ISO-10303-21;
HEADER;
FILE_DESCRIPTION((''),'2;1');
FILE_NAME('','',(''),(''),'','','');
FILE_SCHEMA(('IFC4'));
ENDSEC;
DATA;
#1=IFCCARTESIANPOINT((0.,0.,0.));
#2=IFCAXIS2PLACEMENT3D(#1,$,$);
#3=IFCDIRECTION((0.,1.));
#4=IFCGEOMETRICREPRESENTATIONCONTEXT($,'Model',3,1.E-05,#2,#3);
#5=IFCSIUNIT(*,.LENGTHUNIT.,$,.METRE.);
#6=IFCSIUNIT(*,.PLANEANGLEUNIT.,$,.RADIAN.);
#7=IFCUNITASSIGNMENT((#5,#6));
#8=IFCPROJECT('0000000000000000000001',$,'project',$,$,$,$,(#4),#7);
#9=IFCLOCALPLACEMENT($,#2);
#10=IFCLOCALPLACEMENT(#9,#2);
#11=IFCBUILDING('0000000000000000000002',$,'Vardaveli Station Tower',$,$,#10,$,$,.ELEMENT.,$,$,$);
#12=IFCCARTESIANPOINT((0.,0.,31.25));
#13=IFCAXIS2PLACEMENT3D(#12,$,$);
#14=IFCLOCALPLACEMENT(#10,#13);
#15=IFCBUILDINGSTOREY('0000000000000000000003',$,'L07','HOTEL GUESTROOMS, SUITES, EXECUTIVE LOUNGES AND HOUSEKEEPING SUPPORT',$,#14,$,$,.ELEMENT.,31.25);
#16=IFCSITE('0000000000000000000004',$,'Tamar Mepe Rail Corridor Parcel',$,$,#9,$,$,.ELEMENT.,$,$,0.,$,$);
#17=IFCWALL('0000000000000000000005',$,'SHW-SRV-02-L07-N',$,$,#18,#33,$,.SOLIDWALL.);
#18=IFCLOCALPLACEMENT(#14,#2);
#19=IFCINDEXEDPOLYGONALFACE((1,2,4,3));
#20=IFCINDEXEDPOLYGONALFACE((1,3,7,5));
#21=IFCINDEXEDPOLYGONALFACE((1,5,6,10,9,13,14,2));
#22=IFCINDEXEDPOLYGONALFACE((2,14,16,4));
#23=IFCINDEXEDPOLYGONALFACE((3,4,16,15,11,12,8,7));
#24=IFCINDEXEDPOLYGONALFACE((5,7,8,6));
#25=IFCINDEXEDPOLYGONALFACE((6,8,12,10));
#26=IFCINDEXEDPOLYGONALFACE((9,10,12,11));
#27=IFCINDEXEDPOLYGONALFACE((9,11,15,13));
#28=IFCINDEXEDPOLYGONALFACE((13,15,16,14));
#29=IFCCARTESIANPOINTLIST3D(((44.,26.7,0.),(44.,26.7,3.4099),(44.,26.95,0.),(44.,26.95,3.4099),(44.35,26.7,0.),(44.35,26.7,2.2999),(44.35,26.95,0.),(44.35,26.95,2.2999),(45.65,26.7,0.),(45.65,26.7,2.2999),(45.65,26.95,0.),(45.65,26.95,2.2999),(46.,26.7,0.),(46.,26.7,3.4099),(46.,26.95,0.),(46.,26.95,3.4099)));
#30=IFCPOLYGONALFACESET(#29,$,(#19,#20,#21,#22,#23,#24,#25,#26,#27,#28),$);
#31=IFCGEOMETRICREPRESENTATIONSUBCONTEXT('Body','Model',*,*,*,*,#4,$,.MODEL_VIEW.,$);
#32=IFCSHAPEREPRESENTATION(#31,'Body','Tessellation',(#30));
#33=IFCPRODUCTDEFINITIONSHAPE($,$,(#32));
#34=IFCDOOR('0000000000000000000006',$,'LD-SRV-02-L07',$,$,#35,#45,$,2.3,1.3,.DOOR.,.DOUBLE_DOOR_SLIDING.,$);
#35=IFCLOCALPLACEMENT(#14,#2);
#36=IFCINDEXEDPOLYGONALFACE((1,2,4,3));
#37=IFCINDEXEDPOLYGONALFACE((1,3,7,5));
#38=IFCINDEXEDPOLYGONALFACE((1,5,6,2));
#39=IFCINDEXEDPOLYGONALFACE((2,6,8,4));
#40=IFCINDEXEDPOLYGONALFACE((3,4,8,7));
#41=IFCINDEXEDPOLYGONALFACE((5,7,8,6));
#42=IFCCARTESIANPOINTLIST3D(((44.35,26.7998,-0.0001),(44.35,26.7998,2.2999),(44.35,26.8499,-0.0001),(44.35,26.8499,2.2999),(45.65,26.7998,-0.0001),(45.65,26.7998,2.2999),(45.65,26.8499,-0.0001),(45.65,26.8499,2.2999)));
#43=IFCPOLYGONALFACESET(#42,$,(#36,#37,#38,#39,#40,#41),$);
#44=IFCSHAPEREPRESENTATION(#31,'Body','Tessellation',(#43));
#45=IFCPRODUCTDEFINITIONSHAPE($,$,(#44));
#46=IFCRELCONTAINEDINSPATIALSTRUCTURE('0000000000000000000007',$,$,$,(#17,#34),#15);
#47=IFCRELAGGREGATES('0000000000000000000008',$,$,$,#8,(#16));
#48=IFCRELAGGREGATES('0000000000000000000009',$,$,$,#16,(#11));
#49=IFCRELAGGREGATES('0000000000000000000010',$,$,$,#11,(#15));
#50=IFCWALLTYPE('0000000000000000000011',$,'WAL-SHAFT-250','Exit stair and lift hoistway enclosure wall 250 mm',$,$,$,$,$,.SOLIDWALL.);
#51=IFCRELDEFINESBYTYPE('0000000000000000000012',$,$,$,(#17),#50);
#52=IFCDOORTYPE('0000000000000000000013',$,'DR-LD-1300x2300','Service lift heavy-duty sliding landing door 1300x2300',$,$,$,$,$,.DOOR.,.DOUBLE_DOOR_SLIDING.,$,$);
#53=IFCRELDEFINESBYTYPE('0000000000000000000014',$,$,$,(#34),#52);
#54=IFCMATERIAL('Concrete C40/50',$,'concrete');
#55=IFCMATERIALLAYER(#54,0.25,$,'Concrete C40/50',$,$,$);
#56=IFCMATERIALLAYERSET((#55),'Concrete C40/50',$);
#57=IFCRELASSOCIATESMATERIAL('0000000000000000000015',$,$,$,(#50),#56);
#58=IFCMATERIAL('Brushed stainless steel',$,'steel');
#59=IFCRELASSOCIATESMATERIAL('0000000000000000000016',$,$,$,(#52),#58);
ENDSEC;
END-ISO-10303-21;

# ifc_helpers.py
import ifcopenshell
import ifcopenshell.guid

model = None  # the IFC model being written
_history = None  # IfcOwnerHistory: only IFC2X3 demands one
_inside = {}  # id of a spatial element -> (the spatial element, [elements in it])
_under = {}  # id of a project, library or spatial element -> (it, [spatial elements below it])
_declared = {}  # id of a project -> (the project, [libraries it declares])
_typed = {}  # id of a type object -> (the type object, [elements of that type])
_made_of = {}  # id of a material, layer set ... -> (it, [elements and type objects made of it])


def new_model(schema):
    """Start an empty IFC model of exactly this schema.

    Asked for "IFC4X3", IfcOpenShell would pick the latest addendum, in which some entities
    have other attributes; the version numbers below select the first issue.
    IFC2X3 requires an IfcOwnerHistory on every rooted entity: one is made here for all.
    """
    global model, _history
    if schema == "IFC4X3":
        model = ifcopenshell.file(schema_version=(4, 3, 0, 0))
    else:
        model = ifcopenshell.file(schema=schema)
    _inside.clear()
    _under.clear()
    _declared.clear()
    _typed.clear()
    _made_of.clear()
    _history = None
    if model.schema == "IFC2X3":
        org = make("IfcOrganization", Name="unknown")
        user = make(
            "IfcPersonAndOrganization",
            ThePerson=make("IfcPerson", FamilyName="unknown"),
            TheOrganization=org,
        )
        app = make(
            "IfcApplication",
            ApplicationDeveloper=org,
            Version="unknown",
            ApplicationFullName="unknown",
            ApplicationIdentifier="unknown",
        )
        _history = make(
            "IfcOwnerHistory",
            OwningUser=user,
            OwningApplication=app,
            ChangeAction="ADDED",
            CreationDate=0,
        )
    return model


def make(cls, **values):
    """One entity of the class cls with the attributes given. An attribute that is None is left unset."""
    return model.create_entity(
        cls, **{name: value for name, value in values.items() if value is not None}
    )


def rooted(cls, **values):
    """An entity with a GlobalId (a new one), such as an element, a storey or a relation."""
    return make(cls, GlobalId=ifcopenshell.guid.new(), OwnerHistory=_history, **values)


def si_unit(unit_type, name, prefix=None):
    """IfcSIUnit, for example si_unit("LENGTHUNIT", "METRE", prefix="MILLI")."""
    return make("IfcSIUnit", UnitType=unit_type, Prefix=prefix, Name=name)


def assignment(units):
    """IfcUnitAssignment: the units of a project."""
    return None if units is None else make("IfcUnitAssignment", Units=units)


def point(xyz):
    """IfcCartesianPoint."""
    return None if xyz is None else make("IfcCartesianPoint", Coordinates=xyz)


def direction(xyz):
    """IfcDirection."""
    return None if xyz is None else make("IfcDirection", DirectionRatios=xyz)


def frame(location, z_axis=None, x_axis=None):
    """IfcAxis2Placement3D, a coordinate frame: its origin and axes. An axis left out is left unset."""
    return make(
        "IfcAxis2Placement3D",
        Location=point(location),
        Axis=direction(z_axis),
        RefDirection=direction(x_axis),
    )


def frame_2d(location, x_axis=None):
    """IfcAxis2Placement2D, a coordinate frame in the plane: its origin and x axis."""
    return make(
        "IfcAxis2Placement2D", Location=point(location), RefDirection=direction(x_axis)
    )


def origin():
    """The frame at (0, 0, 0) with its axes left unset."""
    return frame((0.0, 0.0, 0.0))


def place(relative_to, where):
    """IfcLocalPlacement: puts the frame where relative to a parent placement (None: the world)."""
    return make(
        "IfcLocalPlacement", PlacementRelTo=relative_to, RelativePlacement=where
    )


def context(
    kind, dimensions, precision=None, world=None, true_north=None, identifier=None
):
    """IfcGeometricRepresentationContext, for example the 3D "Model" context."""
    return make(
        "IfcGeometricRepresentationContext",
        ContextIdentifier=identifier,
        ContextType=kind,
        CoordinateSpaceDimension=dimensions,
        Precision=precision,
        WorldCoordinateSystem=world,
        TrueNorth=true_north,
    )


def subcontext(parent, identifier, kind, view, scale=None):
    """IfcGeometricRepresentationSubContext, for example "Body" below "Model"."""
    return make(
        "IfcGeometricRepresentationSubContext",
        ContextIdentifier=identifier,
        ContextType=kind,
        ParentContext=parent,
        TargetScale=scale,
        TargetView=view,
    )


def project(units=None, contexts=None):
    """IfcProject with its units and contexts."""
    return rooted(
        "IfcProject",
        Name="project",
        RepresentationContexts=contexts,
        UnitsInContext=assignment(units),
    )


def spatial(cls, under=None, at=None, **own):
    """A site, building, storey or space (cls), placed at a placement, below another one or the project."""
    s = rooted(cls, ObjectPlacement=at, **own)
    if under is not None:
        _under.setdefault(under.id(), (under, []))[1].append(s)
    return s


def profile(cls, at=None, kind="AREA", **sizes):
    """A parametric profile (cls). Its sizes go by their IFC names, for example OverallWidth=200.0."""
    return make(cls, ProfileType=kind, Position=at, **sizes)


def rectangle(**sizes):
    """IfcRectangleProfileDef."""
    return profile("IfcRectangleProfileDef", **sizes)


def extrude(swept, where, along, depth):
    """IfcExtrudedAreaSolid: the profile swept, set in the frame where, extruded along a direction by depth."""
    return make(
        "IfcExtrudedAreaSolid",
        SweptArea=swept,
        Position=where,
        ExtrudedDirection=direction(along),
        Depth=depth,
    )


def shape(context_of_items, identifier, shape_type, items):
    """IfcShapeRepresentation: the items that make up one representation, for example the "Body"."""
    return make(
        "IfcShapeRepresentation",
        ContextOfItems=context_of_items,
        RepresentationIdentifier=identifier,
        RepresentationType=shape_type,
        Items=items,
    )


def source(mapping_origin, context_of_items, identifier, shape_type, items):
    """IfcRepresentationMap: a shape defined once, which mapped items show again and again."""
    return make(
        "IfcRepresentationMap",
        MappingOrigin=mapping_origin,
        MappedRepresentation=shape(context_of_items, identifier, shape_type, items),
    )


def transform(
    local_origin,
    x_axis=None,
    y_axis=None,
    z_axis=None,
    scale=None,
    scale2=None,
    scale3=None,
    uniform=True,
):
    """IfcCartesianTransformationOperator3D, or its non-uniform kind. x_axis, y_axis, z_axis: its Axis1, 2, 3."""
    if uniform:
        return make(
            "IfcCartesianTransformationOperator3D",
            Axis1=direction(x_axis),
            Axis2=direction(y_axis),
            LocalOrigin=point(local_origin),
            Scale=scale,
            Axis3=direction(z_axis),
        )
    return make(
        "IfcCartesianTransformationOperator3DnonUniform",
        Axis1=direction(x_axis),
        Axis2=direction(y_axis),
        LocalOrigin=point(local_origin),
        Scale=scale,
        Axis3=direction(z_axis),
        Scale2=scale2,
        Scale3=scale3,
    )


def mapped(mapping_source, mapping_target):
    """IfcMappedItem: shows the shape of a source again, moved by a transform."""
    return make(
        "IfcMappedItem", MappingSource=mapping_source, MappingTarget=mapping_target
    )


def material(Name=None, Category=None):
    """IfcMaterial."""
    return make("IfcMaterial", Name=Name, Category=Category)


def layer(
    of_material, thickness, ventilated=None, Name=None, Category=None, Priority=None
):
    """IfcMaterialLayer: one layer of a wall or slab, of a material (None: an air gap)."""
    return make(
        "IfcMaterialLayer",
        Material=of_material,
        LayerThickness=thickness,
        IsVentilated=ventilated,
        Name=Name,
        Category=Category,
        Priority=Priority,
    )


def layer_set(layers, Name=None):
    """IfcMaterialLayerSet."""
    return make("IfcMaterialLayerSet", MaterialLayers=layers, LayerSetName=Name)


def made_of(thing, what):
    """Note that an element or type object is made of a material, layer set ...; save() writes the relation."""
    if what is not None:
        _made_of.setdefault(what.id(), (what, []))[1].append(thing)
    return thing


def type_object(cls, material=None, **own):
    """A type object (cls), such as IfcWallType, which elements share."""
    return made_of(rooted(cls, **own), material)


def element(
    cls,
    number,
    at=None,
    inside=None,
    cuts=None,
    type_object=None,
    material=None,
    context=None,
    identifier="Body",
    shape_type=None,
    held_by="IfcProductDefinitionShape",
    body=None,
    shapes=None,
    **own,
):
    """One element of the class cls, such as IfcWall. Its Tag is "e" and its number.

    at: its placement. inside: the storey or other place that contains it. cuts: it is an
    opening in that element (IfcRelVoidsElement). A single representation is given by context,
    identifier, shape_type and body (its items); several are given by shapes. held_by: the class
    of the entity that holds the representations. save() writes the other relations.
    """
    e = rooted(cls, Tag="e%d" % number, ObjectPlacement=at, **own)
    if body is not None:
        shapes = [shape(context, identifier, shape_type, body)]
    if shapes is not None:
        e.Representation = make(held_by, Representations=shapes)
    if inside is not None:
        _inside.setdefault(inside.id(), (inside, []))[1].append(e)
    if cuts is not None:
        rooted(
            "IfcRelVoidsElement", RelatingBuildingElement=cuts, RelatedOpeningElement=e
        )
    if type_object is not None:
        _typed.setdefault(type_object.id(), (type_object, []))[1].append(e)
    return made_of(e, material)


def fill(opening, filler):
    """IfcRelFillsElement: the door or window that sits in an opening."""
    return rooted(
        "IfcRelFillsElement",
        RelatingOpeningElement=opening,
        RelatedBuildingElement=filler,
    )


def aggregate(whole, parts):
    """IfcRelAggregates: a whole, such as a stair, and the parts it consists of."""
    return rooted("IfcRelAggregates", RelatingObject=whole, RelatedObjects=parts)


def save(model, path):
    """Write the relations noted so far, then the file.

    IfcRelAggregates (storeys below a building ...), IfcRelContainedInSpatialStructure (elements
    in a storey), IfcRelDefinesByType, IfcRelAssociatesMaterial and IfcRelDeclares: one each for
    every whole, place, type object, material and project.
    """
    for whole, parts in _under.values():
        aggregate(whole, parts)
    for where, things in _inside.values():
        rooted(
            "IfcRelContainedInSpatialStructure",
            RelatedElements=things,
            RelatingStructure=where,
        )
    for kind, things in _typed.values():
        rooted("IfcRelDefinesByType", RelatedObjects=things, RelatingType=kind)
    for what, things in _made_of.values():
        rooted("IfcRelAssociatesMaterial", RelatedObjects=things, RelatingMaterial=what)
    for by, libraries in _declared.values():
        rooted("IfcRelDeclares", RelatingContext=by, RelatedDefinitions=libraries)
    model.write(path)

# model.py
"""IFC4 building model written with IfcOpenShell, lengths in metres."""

from ifc_helpers import new_model, si_unit, direction, frame, frame_2d, origin, place, context, subcontext, project, spatial, rectangle, extrude, source, transform, mapped, material, layer, layer_set, type_object, element, fill, save


model = new_model("IFC4")

# Units and contexts
model_context = context("Model", 3, precision=1e-05, world=origin(), true_north=direction((0.0, 1.0)))
body_context = subcontext(model_context, "Body", "Model", "MODEL_VIEW")
ifc_project = project(units=[si_unit("LENGTHUNIT", "METRE"), si_unit("PLANEANGLEUNIT", "RADIAN")], contexts=[model_context])

# Site, building, storey
site_placement = place(None, origin())
site = spatial("IfcSite", under=ifc_project, at=site_placement, Name="Tamar Mepe Rail Corridor Parcel", CompositionType="ELEMENT", RefElevation=0.0)
building_placement = place(site_placement, origin())
building = spatial("IfcBuilding", under=site, at=building_placement, Name="Vardaveli Station Tower", CompositionType="ELEMENT")
storey_placement = place(building_placement, frame((0.0, 0.0, 31.25)))
storey = spatial("IfcBuildingStorey", under=building, at=storey_placement, Name="L07", Description="HOTEL GUESTROOMS, SUITES, EXECUTIVE LOUNGES AND HOUSEKEEPING SUPPORT", CompositionType="ELEMENT", Elevation=31.25)

# Shared definitions
ifc_material_1 = material(Name="Concrete C40/50", Category="concrete")
ifc_layer_1 = layer(ifc_material_1, 0.25, Name="Concrete C40/50")
ifc_layer_set_1 = layer_set([ifc_layer_1], Name="Concrete C40/50")
wall_type = type_object("IfcWallType", Name="WAL-SHAFT-250", Description="Exit stair and lift hoistway enclosure wall 250 mm", PredefinedType="SOLIDWALL", material=ifc_layer_set_1)
shared_shape_1 = source(origin(), body_context, "Body", "SweptSolid", [
    extrude(rectangle(XDim=1.3, YDim=2.3, at=frame_2d((0.6499, 1.1499))), frame((0.0, 0.135, 0.0), z_axis=(0.0, -1.0, 0.0), x_axis=(1.0, 0.0, 0.0)), (0.0, 0.0, 1.0), 0.27),
])
ifc_material_2 = material(Name="Brushed stainless steel", Category="steel")
door_type = type_object("IfcDoorType", Name="DR-LD-1300x2300", Description="Service lift heavy-duty sliding landing door 1300x2300", OperationType="DOUBLE_DOOR_SLIDING", PredefinedType="DOOR", material=ifc_material_2)
shared_shape_2 = source(origin(), body_context, "Body", "SweptSolid", [
    extrude(rectangle(XDim=1.3, YDim=2.3, at=frame_2d((0.6499, 1.1499))), frame((0.0, 0.0249, 0.0), z_axis=(0.0, -1.0, 0.0), x_axis=(1.0, 0.0, 0.0)), (0.0, 0.0, 1.0), 0.05),
])

# Shared definitions
shared_shape_3 = source(origin(), body_context, "Body", "SweptSolid", [
    extrude(rectangle(XDim=2.0, YDim=0.25, at=frame_2d((1.0, 0.0))), origin(), (0.0, 0.0, 1.0), 3.4099),
])

# Wall, opening, door
wall_1_placement = place(storey_placement, frame((44.0, 26.825, 0.0), z_axis=(0.0, 0.0, 1.0), x_axis=(1.0, 0.0, 0.0)))
wall_1 = element("IfcWall", 1, at=wall_1_placement, inside=storey, type_object=wall_type, Name="SHW-SRV-02-L07-N", PredefinedType="SOLIDWALL", context=body_context, shape_type="MappedRepresentation", body=[
    mapped(shared_shape_3, transform((0.0, 0.0, 0.0), scale=1.0)),
])
opening_1_placement = place(wall_1_placement, frame((0.3501, 0.0, 0.0)))
opening_1 = element("IfcOpeningElement", 2, at=opening_1_placement, cuts=wall_1, PredefinedType="OPENING", context=body_context, shape_type="MappedRepresentation", body=[
    mapped(shared_shape_1, transform((0.0, 0.0, 0.0), scale=1.0)),
])
door_1_placement = place(opening_1_placement, origin())
door_1 = element("IfcDoor", 3, at=door_1_placement, inside=storey, type_object=door_type, Name="LD-SRV-02-L07", OperationType="DOUBLE_DOOR_SLIDING", OverallHeight=2.3, OverallWidth=1.3, PredefinedType="DOOR", context=body_context, shape_type="MappedRepresentation", body=[
    mapped(shared_shape_2, transform((0.0, 0.0, 0.0), scale=1.0)),
])
fill(opening_1, door_1)

save(model, "model.ifc")
